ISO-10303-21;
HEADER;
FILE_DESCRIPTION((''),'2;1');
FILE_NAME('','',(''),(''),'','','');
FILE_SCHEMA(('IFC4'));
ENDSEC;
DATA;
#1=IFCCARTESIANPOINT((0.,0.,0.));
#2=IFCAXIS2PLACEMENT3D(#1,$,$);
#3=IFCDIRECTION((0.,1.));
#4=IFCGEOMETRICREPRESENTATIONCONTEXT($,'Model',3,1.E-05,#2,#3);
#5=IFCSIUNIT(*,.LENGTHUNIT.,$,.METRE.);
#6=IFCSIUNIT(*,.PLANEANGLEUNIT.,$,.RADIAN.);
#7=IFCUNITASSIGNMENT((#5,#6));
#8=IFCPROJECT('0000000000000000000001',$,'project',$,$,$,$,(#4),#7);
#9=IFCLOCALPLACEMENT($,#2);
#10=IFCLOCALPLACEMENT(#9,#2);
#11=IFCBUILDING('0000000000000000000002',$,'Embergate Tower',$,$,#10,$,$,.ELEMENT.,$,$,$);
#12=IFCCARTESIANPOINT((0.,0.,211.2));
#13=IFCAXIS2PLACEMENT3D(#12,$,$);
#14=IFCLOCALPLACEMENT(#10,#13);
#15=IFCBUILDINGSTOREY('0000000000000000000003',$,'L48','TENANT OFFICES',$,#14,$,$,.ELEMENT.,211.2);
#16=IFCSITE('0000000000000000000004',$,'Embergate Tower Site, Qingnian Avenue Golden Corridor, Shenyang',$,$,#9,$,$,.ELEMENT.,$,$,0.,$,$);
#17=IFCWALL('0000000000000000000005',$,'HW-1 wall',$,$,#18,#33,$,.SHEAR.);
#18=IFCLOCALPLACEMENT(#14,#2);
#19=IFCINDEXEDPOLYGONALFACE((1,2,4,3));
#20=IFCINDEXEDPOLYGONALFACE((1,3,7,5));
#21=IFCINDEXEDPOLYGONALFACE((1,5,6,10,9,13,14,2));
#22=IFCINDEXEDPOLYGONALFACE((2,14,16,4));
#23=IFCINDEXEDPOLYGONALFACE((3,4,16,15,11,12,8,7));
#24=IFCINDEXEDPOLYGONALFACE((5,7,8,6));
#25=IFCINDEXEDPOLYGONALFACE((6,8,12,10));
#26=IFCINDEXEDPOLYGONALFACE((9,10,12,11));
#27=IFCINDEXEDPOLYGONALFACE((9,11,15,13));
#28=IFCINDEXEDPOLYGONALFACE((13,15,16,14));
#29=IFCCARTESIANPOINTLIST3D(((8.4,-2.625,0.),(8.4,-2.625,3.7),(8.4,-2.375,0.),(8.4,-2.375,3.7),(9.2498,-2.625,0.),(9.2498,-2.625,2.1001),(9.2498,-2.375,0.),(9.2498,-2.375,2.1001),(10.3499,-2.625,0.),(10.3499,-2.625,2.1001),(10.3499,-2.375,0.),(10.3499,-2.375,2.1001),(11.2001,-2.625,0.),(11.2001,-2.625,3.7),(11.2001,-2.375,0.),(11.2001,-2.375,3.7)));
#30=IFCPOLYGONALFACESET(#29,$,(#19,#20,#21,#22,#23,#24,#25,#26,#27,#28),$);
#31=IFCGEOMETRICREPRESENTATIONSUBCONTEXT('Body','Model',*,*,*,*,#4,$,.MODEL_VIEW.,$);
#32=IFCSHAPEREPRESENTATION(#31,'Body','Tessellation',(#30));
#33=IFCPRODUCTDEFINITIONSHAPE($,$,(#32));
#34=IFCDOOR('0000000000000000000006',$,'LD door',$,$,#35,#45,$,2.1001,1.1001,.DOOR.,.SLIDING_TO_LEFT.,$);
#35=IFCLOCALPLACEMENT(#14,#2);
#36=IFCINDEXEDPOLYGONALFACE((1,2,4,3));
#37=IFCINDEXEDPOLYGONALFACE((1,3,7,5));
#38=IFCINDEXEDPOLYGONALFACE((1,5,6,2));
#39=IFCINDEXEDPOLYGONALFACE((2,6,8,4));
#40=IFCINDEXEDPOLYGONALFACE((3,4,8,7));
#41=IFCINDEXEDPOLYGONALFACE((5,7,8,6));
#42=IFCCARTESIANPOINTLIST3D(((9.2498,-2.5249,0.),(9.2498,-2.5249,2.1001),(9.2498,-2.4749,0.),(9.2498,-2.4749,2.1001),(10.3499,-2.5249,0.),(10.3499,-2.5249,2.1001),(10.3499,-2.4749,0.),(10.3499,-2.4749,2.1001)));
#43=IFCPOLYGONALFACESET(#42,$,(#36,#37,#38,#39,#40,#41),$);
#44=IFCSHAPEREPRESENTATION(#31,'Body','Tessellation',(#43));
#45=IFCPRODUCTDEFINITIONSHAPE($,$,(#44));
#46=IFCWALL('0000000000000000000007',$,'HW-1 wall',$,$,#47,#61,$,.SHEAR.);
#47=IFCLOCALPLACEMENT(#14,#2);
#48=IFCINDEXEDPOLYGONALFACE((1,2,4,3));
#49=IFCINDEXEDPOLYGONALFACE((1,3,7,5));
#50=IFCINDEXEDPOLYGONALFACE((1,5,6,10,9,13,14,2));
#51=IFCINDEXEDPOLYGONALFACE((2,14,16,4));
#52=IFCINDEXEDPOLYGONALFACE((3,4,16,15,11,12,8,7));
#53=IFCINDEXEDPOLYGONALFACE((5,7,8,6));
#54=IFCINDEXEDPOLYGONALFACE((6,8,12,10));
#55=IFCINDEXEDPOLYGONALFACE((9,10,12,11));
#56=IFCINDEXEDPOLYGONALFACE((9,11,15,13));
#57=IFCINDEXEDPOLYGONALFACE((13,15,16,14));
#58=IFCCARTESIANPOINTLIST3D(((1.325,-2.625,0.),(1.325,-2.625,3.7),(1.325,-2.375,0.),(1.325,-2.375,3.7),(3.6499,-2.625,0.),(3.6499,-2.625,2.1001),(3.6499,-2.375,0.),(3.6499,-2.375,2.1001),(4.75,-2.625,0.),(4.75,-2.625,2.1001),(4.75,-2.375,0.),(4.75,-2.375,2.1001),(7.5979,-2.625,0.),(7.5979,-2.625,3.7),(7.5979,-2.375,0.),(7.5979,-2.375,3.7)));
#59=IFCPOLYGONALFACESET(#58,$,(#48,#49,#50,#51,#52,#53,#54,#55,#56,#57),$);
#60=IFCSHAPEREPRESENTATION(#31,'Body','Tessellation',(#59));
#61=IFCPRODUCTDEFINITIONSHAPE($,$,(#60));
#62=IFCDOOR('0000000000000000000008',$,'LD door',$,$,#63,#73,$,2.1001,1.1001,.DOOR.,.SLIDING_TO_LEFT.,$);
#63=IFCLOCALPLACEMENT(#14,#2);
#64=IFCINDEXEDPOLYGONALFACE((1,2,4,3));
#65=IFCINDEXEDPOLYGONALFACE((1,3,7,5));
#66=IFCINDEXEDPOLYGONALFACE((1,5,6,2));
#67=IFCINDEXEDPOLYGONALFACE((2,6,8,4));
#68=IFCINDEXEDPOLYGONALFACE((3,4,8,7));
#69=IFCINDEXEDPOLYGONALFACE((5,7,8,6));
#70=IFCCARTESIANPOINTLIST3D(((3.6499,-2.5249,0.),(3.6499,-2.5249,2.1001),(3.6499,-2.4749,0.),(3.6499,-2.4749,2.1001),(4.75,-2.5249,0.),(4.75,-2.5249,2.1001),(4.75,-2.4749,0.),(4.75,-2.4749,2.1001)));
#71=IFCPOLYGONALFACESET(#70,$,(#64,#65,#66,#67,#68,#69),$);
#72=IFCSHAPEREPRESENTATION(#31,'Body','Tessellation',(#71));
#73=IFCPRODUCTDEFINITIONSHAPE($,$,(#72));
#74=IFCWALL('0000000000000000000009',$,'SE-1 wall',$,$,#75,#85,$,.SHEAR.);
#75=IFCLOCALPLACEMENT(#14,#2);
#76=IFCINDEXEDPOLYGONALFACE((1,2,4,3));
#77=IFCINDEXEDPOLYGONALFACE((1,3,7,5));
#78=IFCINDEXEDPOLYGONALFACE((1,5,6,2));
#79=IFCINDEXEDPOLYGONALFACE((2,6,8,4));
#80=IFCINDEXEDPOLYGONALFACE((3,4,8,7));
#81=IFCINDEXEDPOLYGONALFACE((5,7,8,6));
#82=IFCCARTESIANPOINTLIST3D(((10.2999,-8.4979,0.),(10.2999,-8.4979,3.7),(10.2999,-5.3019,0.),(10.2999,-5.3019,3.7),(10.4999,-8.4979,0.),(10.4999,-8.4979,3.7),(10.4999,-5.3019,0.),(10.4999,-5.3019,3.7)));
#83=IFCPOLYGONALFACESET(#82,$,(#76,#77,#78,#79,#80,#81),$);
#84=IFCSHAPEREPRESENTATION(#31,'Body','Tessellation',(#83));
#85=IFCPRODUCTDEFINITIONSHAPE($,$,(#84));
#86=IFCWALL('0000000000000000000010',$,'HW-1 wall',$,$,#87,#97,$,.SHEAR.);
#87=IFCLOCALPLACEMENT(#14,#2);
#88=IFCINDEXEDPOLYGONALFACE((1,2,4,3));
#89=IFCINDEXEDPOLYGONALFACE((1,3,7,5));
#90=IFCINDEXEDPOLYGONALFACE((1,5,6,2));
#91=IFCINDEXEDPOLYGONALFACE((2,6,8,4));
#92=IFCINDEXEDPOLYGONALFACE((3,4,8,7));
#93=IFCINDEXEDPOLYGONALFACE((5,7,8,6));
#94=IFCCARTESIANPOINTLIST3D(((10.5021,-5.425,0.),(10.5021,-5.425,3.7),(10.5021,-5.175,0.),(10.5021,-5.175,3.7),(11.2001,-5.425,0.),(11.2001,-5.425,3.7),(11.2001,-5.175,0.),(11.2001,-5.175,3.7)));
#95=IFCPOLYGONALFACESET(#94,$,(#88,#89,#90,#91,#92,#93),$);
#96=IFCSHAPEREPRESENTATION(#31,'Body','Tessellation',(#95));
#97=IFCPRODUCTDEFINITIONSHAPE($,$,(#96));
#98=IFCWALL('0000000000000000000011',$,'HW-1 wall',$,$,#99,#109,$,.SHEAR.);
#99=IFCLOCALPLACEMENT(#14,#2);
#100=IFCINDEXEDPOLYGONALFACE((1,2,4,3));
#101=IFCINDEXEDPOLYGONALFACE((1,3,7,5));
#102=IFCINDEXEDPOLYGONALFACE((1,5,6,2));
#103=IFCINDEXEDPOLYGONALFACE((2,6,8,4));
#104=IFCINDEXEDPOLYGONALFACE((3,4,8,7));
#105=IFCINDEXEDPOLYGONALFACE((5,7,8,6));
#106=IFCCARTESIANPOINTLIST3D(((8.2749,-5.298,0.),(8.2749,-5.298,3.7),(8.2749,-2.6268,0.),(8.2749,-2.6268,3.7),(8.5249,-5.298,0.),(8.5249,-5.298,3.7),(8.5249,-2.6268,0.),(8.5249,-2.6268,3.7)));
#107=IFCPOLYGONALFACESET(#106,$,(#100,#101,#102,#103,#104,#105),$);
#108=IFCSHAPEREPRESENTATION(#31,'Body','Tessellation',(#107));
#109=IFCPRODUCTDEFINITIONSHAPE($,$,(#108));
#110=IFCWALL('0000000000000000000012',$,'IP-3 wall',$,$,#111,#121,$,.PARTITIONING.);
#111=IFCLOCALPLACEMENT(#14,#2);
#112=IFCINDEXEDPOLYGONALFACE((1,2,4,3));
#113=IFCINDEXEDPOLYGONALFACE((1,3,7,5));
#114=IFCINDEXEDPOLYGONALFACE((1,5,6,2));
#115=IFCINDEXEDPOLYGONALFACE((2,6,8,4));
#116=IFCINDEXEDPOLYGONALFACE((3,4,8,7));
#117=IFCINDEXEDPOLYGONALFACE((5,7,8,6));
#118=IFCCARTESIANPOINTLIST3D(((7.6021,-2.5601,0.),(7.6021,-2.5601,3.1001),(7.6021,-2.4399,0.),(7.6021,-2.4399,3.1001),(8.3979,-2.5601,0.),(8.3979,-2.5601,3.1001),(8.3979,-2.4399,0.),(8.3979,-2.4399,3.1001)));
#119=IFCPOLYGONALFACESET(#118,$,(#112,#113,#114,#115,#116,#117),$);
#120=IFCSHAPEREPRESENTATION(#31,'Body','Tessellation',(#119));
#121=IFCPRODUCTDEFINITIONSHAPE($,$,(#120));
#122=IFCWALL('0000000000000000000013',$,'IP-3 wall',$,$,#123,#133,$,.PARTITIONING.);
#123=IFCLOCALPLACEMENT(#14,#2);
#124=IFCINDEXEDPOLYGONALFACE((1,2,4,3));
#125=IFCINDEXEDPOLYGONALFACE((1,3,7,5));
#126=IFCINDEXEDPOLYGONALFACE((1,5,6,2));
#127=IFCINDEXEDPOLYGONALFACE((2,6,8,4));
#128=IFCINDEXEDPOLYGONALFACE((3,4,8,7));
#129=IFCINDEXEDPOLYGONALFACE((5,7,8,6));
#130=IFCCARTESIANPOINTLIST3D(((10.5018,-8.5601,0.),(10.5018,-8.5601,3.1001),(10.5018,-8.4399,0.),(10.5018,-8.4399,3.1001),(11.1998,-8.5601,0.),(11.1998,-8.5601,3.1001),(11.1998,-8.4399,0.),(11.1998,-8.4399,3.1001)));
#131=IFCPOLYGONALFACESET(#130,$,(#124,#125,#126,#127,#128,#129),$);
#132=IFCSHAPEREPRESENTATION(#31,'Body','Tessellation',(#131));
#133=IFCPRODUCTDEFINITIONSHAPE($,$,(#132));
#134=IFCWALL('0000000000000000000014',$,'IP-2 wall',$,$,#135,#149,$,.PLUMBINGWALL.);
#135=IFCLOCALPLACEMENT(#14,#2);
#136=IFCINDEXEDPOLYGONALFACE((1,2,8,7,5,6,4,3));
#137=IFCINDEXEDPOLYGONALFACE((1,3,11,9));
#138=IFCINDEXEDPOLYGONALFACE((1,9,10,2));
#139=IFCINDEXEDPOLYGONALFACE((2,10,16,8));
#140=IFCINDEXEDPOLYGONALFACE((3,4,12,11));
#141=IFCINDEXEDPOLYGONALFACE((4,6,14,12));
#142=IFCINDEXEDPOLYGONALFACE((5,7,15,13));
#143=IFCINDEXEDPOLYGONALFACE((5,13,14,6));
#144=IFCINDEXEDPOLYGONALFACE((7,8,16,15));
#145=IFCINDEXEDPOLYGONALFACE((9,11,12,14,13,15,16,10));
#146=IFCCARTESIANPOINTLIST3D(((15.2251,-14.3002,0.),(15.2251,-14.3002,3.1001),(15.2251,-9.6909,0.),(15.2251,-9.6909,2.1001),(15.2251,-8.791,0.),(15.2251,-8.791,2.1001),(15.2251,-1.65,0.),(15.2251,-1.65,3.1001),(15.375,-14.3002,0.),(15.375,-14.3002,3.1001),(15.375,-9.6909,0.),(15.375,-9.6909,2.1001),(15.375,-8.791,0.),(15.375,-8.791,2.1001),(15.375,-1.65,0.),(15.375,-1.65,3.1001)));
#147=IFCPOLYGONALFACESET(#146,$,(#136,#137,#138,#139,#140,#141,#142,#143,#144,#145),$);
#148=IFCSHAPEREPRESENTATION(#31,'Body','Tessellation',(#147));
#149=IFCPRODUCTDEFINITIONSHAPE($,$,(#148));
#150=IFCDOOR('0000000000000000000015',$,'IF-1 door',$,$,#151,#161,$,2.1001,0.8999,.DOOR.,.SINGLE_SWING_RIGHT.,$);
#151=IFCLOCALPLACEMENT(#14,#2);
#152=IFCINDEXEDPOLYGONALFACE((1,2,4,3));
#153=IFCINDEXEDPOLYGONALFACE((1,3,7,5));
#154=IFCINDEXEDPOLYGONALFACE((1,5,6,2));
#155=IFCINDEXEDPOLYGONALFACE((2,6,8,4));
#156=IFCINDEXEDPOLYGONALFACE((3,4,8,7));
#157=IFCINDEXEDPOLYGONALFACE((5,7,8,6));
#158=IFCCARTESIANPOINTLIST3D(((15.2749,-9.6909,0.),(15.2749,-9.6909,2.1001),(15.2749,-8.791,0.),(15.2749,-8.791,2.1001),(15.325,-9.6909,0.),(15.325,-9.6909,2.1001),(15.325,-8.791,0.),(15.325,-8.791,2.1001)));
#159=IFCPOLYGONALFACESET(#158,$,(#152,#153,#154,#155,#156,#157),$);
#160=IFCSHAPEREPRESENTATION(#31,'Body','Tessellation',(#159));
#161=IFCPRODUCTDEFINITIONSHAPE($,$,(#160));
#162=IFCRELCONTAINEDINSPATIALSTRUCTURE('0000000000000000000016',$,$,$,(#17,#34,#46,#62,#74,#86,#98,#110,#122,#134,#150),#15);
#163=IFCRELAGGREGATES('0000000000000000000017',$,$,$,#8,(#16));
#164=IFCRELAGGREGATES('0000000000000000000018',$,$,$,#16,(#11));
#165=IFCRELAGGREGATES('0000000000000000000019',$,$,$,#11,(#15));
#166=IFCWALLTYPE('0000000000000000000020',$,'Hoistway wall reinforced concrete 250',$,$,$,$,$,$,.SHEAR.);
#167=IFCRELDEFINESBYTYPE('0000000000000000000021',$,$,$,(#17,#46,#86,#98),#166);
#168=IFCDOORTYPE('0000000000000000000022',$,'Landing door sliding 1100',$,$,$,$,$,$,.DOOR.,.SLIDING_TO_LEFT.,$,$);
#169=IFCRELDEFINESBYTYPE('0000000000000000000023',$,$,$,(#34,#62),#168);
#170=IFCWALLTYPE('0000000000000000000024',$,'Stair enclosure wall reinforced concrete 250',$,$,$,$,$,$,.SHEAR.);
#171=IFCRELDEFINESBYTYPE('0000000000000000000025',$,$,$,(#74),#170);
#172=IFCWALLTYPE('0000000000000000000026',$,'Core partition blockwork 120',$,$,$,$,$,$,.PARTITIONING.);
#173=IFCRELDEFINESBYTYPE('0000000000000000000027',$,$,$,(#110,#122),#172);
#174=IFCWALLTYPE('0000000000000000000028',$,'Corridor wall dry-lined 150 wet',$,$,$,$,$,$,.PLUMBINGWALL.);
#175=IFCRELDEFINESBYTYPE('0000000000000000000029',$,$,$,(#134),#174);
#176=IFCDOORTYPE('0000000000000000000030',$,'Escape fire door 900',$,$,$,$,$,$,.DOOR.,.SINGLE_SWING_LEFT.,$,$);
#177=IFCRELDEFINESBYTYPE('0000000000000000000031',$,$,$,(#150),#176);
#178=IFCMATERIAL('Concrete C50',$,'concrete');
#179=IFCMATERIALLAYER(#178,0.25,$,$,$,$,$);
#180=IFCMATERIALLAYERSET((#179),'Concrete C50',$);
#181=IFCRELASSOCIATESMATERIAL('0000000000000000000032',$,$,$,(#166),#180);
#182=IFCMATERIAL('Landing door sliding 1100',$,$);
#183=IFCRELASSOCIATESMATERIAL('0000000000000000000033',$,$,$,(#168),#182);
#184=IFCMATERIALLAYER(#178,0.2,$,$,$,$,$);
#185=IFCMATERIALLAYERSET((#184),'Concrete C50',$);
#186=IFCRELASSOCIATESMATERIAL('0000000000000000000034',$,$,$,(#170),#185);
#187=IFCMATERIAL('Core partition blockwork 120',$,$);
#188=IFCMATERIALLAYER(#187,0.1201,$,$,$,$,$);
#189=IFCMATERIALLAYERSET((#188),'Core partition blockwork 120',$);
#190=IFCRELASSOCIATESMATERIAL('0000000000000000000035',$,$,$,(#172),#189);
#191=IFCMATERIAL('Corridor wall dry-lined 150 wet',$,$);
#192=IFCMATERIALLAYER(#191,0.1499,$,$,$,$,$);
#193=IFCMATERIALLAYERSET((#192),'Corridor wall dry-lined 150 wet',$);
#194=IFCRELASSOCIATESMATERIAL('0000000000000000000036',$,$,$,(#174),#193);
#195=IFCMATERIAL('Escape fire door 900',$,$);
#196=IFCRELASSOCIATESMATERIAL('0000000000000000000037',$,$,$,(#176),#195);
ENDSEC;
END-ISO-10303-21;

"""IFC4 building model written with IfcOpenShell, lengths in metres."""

from ifc_helpers import new_model, si_unit, direction, frame, frame_2d, origin, place, context, subcontext, project, spatial, rectangle, extrude, source, transform, mapped, material, layer, layer_set, type_object, element, fill, save


model = new_model("IFC4")

# Units and contexts
model_context = context("Model", 3, precision=1e-05, world=origin(), true_north=direction((0.0, 1.0)))
body_context = subcontext(model_context, "Body", "Model", "MODEL_VIEW")
ifc_project = project(units=[si_unit("LENGTHUNIT", "METRE"), si_unit("PLANEANGLEUNIT", "RADIAN")], contexts=[model_context])

# Site, building, storey
site_placement = place(None, origin())
site = spatial("IfcSite", under=ifc_project, at=site_placement, Name="Embergate Tower Site, Qingnian Avenue Golden Corridor, Shenyang", CompositionType="ELEMENT", RefElevation=0.0)
building_placement = place(site_placement, origin())
building = spatial("IfcBuilding", under=site, at=building_placement, Name="Embergate Tower", CompositionType="ELEMENT")
storey_placement = place(building_placement, frame((0.0, 0.0, 211.2)))
storey = spatial("IfcBuildingStorey", under=building, at=storey_placement, Name="L48", Description="TENANT OFFICES", CompositionType="ELEMENT", Elevation=211.2)

# Shared definitions
ifc_material_1 = material(Name="Concrete C50", Category="concrete")
ifc_layer_1 = layer(ifc_material_1, 0.25)
ifc_layer_set_1 = layer_set([ifc_layer_1], Name="Concrete C50")
wall_type_1 = type_object("IfcWallType", Name="Hoistway wall reinforced concrete 250", PredefinedType="SHEAR", material=ifc_layer_set_1)

# Walls, openings, doors
shared_shape_1 = source(origin(), body_context, "Body", "SweptSolid", [
    extrude(rectangle(XDim=2.8, YDim=0.25, at=frame_2d((1.3999, 0.0))), origin(), (0.0, 0.0, 1.0), 3.7),
])
wall_1_placement = place(storey_placement, frame((11.2, -2.5, 0.0), z_axis=(0.0, 0.0, 1.0), x_axis=(-1.0, 0.0, 0.0)))
wall_1 = element("IfcWall", 1, at=wall_1_placement, inside=storey, type_object=wall_type_1, Name="HW-1 wall", PredefinedType="SHEAR", context=body_context, shape_type="MappedRepresentation", body=[
    mapped(shared_shape_1, transform((0.0, 0.0, 0.0))),
])
shared_shape_2 = source(origin(), body_context, "Body", "SweptSolid", [
    extrude(rectangle(XDim=1.1001, YDim=2.1001, at=frame_2d((0.55, 1.05))), frame((0.0, 0.135, 0.0), z_axis=(0.0, -1.0, 0.0), x_axis=(1.0, 0.0, 0.0)), (0.0, 0.0, 1.0), 0.27),
])
opening_1_placement = place(wall_1_placement, frame((0.8501, 0.0, 0.0)))
opening_1 = element("IfcOpeningElement", 2, at=opening_1_placement, cuts=wall_1, PredefinedType="OPENING", context=body_context, shape_type="MappedRepresentation", body=[
    mapped(shared_shape_2, transform((0.0, 0.0, 0.0))),
])
ifc_material_2 = material(Name="Landing door sliding 1100")
door_type_1 = type_object("IfcDoorType", Name="Landing door sliding 1100", OperationType="SLIDING_TO_LEFT", PredefinedType="DOOR", material=ifc_material_2)
shared_shape_3 = source(origin(), body_context, "Body", "SweptSolid", [
    extrude(rectangle(XDim=1.1001, YDim=2.1001, at=frame_2d((0.55, 1.05))), frame((0.0, 0.0249, 0.0), z_axis=(0.0, -1.0, 0.0), x_axis=(1.0, 0.0, 0.0)), (0.0, 0.0, 1.0), 0.05),
])
door_1_placement = place(opening_1_placement, origin())
door_1 = element("IfcDoor", 3, at=door_1_placement, inside=storey, type_object=door_type_1, Name="LD door", OperationType="SLIDING_TO_LEFT", OverallHeight=2.1001, OverallWidth=1.1001, PredefinedType="DOOR", context=body_context, shape_type="MappedRepresentation", body=[
    mapped(shared_shape_3, transform((0.0, 0.0, 0.0))),
])
fill(opening_1, door_1)
shared_shape_4 = source(origin(), body_context, "Body", "SweptSolid", [
    extrude(rectangle(XDim=6.2729, YDim=0.25, at=frame_2d((3.1365, 0.0))), origin(), (0.0, 0.0, 1.0), 3.7),
])
wall_2_placement = place(storey_placement, frame((7.5979, -2.5, 0.0), z_axis=(0.0, 0.0, 1.0), x_axis=(-1.0, 0.0, 0.0)))
wall_2 = element("IfcWall", 4, at=wall_2_placement, inside=storey, type_object=wall_type_1, Name="HW-1 wall", PredefinedType="SHEAR", context=body_context, shape_type="MappedRepresentation", body=[
    mapped(shared_shape_4, transform((0.0, 0.0, 0.0))),
])
opening_2_placement = place(wall_2_placement, frame((2.8479, 0.0, 0.0)))
opening_2 = element("IfcOpeningElement", 5, at=opening_2_placement, cuts=wall_2, PredefinedType="OPENING", context=body_context, shape_type="MappedRepresentation", body=[
    mapped(shared_shape_2, transform((0.0, 0.0, 0.0))),
])
door_2_placement = place(opening_2_placement, origin())
door_2 = element("IfcDoor", 6, at=door_2_placement, inside=storey, type_object=door_type_1, Name="LD door", OperationType="SLIDING_TO_LEFT", OverallHeight=2.1001, OverallWidth=1.1001, PredefinedType="DOOR", context=body_context, shape_type="MappedRepresentation", body=[
    mapped(shared_shape_3, transform((0.0, 0.0, 0.0))),
])
fill(opening_2, door_2)

# Walls
ifc_layer_2 = layer(ifc_material_1, 0.2)
ifc_layer_set_2 = layer_set([ifc_layer_2], Name="Concrete C50")
wall_type_2 = type_object("IfcWallType", Name="Stair enclosure wall reinforced concrete 250", PredefinedType="SHEAR", material=ifc_layer_set_2)
shared_shape_5 = source(origin(), body_context, "Body", "SweptSolid", [
    extrude(rectangle(XDim=3.196, YDim=0.2, at=frame_2d((1.5981, 0.0))), origin(), (0.0, 0.0, 1.0), 3.7),
])
wall_3_placement = place(storey_placement, frame((10.3999, -8.498, 0.0), z_axis=(0.0, 0.0, 1.0), x_axis=(0.0, 1.0, 0.0)))
element("IfcWall", 7, at=wall_3_placement, inside=storey, type_object=wall_type_2, Name="SE-1 wall", PredefinedType="SHEAR", context=body_context, shape_type="MappedRepresentation", body=[
    mapped(shared_shape_5, transform((0.0, 0.0, 0.0))),
])
shared_shape_6 = source(origin(), body_context, "Body", "SweptSolid", [
    extrude(rectangle(XDim=0.698, YDim=0.25, at=frame_2d((0.3491, 0.0))), origin(), (0.0, 0.0, 1.0), 3.7),
])
wall_4_placement = place(storey_placement, frame((10.502, -5.3, 0.0), z_axis=(0.0, 0.0, 1.0), x_axis=(1.0, 0.0, 0.0)))
element("IfcWall", 8, at=wall_4_placement, inside=storey, type_object=wall_type_1, Name="HW-1 wall", PredefinedType="SHEAR", context=body_context, shape_type="MappedRepresentation", body=[
    mapped(shared_shape_6, transform((0.0, 0.0, 0.0))),
])
shared_shape_7 = source(origin(), body_context, "Body", "SweptSolid", [
    extrude(rectangle(XDim=2.6711, YDim=0.25, at=frame_2d((1.3354, 0.0))), origin(), (0.0, 0.0, 1.0), 3.7),
])
wall_5_placement = place(storey_placement, frame((8.3999, -2.627, 0.0), z_axis=(0.0, 0.0, 1.0), x_axis=(0.0, -1.0, 0.0)))
element("IfcWall", 9, at=wall_5_placement, inside=storey, type_object=wall_type_1, Name="HW-1 wall", PredefinedType="SHEAR", context=body_context, shape_type="MappedRepresentation", body=[
    mapped(shared_shape_7, transform((0.0, 0.0, 0.0))),
])
ifc_material_3 = material(Name="Core partition blockwork 120")
ifc_layer_3 = layer(ifc_material_3, 0.1201)
ifc_layer_set_3 = layer_set([ifc_layer_3], Name="Core partition blockwork 120")
wall_type_3 = type_object("IfcWallType", Name="Core partition blockwork 120", PredefinedType="PARTITIONING", material=ifc_layer_set_3)
shared_shape_8 = source(origin(), body_context, "Body", "SweptSolid", [
    extrude(rectangle(XDim=0.7959, YDim=0.1201, at=frame_2d((0.3979, 0.0))), origin(), (0.0, 0.0, 1.0), 3.1001),
])
wall_6_placement = place(storey_placement, frame((7.6021, -2.5, 0.0), z_axis=(0.0, 0.0, 1.0), x_axis=(1.0, 0.0, 0.0)))
element("IfcWall", 10, at=wall_6_placement, inside=storey, type_object=wall_type_3, Name="IP-3 wall", PredefinedType="PARTITIONING", context=body_context, shape_type="MappedRepresentation", body=[
    mapped(shared_shape_8, transform((0.0, 0.0, 0.0))),
])
shared_shape_9 = source(origin(), body_context, "Body", "SweptSolid", [
    extrude(rectangle(XDim=0.698, YDim=0.1201, at=frame_2d((0.3491, 0.0))), origin(), (0.0, 0.0, 1.0), 3.1001),
])
wall_7_placement = place(storey_placement, frame((11.2, -8.5, 0.0), z_axis=(0.0, 0.0, 1.0), x_axis=(-1.0, 0.0, 0.0)))
element("IfcWall", 11, at=wall_7_placement, inside=storey, type_object=wall_type_3, Name="IP-3 wall", PredefinedType="PARTITIONING", context=body_context, shape_type="MappedRepresentation", body=[
    mapped(shared_shape_9, transform((0.0, 0.0, 0.0))),
])

# Wall, opening, door
ifc_material_4 = material(Name="Corridor wall dry-lined 150 wet")
ifc_layer_4 = layer(ifc_material_4, 0.1499)
ifc_layer_set_4 = layer_set([ifc_layer_4], Name="Corridor wall dry-lined 150 wet")
wall_type_4 = type_object("IfcWallType", Name="Corridor wall dry-lined 150 wet", PredefinedType="PLUMBINGWALL", material=ifc_layer_set_4)
shared_shape_10 = source(origin(), body_context, "Body", "SweptSolid", [
    extrude(rectangle(XDim=12.6501, YDim=0.1499, at=frame_2d((6.3252, 0.0))), origin(), (0.0, 0.0, 1.0), 3.1001),
])
wall_8_placement = place(storey_placement, frame((15.3, -1.6499, 0.0), z_axis=(0.0, 0.0, 1.0), x_axis=(0.0, -1.0, 0.0)))
wall_8 = element("IfcWall", 12, at=wall_8_placement, inside=storey, type_object=wall_type_4, Name="IP-2 wall", PredefinedType="PLUMBINGWALL", context=body_context, shape_type="MappedRepresentation", body=[
    mapped(shared_shape_10, transform((0.0, 0.0, 0.0))),
])
shared_shape_11 = source(origin(), body_context, "Body", "SweptSolid", [
    extrude(rectangle(XDim=0.8999, YDim=2.1001, at=frame_2d((0.45, 1.05))), frame((0.0, 0.085, 0.0), z_axis=(0.0, -1.0, 0.0), x_axis=(1.0, 0.0, 0.0)), (0.0, 0.0, 1.0), 0.1699),
])
opening_3_placement = place(wall_8_placement, frame((7.1411, 0.0, 0.0)))
opening_3 = element("IfcOpeningElement", 13, at=opening_3_placement, cuts=wall_8, PredefinedType="OPENING", context=body_context, shape_type="MappedRepresentation", body=[
    mapped(shared_shape_11, transform((0.0, 0.0, 0.0))),
])
ifc_material_5 = material(Name="Escape fire door 900")
door_type_2 = type_object("IfcDoorType", Name="Escape fire door 900", OperationType="SINGLE_SWING_LEFT", PredefinedType="DOOR", material=ifc_material_5)
shared_shape_12 = source(origin(), body_context, "Body", "SweptSolid", [
    extrude(rectangle(XDim=0.8999, YDim=2.1001, at=frame_2d((0.45, 1.05))), frame((0.0, 0.0249, 0.0), z_axis=(0.0, -1.0, 0.0), x_axis=(1.0, 0.0, 0.0)), (0.0, 0.0, 1.0), 0.05),
])
door_3_placement = place(opening_3_placement, origin())
door_3 = element("IfcDoor", 14, at=door_3_placement, inside=storey, type_object=door_type_2, Name="IF-1 door", OperationType="SINGLE_SWING_RIGHT", OverallHeight=2.1001, OverallWidth=0.8999, PredefinedType="DOOR", context=body_context, shape_type="MappedRepresentation", body=[
    mapped(shared_shape_12, transform((0.0, 0.0, 0.0))),
])
fill(opening_3, door_3)

save(model, "model.ifc")
